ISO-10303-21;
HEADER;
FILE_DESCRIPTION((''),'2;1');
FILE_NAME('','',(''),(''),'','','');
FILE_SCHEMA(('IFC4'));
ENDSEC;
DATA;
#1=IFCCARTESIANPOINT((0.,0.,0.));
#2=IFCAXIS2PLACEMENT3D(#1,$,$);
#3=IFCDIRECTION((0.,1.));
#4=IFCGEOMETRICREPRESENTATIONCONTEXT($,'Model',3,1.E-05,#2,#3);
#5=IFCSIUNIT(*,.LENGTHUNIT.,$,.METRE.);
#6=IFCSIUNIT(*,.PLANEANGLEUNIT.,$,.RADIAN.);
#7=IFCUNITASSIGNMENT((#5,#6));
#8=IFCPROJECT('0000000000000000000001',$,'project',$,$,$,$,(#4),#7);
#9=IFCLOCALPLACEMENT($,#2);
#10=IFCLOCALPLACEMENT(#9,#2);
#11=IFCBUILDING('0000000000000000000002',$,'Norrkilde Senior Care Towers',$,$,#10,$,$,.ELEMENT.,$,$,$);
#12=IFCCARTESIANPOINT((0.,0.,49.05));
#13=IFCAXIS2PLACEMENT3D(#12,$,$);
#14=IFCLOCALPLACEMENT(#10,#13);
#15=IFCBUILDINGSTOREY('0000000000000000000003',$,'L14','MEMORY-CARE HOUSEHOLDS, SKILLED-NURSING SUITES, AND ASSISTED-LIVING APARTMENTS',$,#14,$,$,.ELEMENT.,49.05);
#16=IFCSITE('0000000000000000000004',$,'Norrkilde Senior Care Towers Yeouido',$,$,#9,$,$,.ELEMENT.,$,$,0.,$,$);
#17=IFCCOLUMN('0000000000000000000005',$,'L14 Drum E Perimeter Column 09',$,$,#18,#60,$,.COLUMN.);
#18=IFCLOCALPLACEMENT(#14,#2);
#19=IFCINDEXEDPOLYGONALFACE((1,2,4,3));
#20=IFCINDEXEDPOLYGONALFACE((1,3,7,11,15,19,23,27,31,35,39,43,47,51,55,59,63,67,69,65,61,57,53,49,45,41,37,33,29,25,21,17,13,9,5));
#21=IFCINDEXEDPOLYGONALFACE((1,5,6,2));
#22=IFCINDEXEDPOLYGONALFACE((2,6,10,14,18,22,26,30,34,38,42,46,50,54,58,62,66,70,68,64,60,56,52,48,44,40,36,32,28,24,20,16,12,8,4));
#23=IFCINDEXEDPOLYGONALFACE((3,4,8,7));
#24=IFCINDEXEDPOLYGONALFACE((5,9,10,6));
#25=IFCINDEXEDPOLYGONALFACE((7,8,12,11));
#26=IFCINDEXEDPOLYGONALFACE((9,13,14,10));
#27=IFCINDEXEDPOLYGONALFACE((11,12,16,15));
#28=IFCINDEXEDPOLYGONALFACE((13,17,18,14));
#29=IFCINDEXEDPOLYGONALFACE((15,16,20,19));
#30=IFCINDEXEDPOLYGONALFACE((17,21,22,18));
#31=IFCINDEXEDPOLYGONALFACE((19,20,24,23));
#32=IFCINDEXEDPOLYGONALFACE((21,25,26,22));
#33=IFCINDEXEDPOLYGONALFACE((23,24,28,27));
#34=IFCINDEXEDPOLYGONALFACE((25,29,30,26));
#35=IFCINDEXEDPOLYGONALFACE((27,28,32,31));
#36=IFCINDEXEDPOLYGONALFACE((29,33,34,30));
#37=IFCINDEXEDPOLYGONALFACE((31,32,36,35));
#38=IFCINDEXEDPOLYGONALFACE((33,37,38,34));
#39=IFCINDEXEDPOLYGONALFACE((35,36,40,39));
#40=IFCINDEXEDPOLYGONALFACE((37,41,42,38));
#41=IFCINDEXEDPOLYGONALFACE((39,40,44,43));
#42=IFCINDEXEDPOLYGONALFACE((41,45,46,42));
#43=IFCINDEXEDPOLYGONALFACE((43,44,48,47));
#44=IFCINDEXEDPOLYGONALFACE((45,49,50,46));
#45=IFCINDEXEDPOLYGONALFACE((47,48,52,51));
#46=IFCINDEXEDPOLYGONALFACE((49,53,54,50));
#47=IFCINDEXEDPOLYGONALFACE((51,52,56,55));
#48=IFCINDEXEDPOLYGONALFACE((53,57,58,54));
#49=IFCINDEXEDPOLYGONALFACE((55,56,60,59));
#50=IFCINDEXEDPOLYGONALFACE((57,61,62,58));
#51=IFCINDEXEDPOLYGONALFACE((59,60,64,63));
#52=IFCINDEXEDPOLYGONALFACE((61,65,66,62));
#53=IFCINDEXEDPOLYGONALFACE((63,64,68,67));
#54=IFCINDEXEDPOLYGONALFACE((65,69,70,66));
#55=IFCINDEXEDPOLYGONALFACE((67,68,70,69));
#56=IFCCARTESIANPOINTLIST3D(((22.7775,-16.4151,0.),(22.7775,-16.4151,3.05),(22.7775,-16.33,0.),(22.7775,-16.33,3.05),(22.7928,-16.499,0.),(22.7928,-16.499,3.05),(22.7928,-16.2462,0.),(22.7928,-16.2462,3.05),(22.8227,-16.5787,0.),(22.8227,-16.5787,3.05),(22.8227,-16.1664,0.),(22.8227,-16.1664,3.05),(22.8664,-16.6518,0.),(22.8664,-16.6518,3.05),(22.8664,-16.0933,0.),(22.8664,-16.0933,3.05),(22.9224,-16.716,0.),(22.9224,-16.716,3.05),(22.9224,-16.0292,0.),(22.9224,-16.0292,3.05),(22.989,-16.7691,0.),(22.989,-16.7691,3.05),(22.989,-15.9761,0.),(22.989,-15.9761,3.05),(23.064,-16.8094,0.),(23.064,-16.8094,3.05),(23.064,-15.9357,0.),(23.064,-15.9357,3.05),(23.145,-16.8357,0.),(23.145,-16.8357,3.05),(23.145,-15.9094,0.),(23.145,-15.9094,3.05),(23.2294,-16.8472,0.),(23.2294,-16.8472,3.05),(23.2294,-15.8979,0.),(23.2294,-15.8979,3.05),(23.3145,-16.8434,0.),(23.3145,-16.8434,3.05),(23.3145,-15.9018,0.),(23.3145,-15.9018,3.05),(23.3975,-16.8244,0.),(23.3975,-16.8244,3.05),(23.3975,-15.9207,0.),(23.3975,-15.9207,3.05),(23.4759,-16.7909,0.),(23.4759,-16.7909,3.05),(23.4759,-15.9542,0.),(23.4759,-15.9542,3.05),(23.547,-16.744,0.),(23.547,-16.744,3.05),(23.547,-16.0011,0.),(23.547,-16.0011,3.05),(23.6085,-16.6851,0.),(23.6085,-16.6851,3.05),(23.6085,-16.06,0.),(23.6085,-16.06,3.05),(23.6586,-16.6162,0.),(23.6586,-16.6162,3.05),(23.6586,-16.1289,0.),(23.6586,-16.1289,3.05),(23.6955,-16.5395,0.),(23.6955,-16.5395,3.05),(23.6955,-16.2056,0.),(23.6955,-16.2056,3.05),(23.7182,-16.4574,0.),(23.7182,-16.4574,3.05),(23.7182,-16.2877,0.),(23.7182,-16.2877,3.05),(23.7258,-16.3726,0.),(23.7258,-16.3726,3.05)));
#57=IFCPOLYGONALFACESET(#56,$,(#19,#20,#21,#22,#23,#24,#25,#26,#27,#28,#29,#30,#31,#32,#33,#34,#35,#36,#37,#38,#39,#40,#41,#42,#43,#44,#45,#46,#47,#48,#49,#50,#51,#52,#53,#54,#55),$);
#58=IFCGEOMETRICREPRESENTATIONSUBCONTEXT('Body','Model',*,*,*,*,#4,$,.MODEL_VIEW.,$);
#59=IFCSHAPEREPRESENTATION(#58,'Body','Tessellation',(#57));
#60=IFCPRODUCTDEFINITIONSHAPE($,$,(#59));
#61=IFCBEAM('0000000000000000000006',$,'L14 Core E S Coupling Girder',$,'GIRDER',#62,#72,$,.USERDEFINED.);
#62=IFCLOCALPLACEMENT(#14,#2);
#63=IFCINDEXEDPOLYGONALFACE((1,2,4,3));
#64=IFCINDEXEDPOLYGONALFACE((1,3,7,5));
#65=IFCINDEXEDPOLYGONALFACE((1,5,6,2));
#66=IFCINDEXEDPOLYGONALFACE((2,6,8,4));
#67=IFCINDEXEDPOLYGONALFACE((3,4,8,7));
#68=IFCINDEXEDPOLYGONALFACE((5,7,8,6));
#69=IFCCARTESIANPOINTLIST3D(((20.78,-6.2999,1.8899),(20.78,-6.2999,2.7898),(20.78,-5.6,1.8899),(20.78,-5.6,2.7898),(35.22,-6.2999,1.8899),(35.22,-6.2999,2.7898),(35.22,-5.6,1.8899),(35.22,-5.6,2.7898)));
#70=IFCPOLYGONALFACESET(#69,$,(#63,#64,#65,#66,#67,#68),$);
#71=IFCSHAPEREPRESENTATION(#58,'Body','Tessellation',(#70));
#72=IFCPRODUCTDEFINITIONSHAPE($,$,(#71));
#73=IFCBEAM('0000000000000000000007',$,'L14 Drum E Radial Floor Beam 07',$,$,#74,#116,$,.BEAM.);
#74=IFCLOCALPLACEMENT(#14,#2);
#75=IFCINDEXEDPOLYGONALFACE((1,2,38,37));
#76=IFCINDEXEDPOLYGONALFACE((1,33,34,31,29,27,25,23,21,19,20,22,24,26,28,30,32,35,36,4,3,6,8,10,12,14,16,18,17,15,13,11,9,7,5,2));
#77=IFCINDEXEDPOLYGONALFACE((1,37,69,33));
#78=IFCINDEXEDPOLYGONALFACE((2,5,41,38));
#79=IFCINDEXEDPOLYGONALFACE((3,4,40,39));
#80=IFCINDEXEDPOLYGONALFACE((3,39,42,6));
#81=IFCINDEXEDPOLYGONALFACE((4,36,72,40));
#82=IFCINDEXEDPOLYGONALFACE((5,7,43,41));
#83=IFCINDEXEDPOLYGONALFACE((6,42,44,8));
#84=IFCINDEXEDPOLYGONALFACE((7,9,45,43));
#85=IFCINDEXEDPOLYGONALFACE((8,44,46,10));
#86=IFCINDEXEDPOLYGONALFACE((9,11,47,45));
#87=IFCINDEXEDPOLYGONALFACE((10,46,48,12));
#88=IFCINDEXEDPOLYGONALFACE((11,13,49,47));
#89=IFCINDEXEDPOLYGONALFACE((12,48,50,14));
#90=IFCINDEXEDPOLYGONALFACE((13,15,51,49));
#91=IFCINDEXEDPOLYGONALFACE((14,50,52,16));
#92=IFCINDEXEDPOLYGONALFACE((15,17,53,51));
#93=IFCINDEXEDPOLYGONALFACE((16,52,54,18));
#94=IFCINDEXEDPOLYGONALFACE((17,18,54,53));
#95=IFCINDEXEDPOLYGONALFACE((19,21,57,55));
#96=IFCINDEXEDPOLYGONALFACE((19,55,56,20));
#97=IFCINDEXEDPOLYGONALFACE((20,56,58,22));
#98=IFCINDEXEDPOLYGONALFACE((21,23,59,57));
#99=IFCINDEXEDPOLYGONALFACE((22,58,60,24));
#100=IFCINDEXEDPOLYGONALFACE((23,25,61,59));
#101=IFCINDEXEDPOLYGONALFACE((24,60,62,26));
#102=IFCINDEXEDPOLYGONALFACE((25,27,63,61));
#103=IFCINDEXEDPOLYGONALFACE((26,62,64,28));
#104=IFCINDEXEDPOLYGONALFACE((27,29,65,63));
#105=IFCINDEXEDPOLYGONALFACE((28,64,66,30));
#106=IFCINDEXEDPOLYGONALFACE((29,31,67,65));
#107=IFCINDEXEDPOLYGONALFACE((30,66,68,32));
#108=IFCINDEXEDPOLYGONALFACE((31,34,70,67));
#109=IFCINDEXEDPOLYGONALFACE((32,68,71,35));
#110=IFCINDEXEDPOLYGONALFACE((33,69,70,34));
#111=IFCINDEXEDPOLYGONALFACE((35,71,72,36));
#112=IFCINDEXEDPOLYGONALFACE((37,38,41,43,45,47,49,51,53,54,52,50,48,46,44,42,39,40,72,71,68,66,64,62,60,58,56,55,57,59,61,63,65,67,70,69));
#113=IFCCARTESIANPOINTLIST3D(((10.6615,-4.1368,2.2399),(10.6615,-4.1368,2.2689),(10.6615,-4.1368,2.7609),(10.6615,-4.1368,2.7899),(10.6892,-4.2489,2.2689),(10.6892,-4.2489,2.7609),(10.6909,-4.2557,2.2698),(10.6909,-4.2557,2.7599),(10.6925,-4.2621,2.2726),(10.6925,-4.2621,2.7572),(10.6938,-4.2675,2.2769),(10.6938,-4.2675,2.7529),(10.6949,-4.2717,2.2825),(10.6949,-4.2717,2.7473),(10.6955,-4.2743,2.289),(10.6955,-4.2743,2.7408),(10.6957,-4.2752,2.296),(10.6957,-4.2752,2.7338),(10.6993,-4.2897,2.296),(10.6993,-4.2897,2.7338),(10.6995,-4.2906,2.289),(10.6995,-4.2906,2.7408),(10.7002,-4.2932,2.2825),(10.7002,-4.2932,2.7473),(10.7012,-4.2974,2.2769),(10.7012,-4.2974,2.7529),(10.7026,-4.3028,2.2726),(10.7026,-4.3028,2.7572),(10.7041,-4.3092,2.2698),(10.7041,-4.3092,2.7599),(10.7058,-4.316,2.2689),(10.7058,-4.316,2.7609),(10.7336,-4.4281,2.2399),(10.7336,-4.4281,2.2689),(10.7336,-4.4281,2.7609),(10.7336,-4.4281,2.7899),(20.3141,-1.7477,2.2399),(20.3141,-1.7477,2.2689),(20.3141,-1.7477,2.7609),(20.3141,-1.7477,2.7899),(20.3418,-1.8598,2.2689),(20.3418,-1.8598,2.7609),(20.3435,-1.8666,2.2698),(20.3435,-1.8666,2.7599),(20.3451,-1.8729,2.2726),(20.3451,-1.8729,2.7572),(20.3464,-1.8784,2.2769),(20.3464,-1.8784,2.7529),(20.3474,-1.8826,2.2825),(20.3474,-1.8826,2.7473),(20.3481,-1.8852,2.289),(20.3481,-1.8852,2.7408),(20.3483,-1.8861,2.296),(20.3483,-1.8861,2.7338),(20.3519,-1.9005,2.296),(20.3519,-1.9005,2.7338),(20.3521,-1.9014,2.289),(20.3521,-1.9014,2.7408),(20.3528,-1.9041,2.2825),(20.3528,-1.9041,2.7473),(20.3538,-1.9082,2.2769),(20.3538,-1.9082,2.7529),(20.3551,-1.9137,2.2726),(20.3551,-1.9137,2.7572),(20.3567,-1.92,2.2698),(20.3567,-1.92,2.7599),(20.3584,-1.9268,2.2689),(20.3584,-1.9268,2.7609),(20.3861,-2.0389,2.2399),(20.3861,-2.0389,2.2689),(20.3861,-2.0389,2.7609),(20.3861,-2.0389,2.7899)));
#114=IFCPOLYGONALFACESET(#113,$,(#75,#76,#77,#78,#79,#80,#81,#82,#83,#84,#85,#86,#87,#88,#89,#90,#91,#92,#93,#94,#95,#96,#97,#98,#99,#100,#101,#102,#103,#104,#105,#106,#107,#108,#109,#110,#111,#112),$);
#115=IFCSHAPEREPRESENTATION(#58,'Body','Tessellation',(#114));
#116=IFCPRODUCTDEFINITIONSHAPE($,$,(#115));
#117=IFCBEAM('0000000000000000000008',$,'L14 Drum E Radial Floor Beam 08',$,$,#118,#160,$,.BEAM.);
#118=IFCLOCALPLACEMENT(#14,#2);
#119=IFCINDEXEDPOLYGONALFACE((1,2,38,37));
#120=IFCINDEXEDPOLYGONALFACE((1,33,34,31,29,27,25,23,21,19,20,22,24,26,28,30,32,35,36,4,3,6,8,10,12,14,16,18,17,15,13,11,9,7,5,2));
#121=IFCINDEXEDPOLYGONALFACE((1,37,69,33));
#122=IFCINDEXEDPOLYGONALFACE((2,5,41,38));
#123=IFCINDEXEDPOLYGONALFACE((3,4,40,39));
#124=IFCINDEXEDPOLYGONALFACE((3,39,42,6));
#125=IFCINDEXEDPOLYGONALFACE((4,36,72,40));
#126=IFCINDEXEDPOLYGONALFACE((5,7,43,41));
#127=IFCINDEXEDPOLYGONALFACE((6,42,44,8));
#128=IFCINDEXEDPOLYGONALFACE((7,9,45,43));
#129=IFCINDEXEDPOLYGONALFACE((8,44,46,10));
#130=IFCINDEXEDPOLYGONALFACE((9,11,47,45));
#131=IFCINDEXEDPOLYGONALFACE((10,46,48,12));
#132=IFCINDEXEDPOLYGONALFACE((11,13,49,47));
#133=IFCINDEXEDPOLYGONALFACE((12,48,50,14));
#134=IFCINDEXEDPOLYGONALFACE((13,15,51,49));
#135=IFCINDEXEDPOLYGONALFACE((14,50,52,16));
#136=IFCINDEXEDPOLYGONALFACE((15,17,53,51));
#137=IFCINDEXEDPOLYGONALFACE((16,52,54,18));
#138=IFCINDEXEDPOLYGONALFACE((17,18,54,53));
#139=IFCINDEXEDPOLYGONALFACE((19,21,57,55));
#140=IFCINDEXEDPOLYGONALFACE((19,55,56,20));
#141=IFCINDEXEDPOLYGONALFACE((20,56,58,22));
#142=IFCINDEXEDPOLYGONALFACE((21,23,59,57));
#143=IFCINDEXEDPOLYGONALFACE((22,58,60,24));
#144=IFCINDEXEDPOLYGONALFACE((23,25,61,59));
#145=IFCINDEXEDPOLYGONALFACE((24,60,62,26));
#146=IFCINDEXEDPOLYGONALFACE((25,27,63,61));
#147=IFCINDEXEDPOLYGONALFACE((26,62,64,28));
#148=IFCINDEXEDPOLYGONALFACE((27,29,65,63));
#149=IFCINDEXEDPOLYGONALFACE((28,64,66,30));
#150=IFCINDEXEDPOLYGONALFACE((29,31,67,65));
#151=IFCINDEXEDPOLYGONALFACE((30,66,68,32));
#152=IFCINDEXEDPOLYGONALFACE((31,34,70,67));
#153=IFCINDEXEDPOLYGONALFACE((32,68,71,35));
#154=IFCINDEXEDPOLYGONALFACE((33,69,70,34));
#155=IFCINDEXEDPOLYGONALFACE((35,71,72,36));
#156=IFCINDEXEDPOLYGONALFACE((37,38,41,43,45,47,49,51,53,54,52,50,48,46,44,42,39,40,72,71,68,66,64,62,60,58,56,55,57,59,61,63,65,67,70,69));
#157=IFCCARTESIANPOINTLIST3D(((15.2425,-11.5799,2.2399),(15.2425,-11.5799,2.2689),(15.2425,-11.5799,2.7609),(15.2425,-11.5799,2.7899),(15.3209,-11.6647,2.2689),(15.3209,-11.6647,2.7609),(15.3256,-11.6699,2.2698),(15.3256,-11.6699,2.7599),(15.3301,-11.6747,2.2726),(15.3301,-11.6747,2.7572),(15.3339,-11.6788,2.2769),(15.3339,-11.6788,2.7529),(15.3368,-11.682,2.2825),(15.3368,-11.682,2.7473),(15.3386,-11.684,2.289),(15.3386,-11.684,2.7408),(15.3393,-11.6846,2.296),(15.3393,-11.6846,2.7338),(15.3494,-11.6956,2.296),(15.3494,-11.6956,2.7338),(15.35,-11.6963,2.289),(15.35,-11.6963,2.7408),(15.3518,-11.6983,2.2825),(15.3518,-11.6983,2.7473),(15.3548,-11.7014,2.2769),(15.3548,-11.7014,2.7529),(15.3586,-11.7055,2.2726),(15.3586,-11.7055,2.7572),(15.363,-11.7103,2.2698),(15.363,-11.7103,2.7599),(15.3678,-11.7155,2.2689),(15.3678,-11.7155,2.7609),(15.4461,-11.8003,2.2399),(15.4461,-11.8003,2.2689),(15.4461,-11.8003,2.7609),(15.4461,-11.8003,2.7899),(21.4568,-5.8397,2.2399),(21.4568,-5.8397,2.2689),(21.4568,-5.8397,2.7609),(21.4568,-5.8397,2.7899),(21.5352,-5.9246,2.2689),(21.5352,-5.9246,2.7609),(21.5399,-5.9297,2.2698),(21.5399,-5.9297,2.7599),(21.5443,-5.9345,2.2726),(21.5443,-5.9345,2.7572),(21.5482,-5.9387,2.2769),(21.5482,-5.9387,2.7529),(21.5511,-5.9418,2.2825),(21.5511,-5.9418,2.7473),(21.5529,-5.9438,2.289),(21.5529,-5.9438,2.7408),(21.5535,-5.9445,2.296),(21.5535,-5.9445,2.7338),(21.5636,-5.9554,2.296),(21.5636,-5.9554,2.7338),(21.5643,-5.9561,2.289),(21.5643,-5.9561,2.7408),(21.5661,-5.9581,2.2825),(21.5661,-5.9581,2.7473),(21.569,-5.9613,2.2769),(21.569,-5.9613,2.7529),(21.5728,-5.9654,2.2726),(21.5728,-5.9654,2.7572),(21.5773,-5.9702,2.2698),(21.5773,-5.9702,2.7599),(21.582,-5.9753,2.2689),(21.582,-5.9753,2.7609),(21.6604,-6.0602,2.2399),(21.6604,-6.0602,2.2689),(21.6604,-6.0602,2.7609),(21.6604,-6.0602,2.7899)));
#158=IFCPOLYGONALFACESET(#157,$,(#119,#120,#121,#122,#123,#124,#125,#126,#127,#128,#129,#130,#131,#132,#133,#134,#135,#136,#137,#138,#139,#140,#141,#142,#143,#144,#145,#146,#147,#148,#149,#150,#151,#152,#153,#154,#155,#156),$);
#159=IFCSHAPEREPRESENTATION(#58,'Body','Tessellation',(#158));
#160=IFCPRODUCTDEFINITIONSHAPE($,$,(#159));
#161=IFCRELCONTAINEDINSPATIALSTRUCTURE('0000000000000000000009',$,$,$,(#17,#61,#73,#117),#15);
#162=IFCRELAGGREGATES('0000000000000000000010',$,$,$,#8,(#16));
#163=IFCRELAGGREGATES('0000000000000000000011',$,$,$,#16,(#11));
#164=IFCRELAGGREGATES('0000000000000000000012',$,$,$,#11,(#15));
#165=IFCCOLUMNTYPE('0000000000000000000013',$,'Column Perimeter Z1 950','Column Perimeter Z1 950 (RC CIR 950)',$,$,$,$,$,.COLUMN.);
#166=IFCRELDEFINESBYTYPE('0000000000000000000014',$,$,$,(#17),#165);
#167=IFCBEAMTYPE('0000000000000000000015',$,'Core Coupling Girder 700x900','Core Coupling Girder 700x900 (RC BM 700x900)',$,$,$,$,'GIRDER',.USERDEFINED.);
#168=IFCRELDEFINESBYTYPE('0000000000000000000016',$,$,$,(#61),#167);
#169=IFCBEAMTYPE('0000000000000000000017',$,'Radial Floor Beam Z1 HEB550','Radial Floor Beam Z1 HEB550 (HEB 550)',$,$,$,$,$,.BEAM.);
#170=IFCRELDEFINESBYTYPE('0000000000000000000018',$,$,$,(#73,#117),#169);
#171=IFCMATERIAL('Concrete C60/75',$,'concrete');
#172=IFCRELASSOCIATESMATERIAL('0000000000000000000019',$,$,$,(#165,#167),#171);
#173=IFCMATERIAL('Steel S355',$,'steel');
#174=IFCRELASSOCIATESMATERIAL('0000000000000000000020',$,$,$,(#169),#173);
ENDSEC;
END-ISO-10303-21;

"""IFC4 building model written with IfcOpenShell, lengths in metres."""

from ifc_helpers import new_model, si_unit, direction, frame, origin, origin_2d, place, context, subcontext, project, spatial, rectangle, circle, i_section, extrude, source, transform, mapped, material, material_profile, profile_set, type_object, type_shapes, element, save


model = new_model("IFC4")

# Units and contexts
model_context = context("Model", 3, precision=1e-05, world=origin(), true_north=direction((0.0, 1.0)))
body_context = subcontext(model_context, "Body", "Model", "MODEL_VIEW")
ifc_project = project(units=[si_unit("LENGTHUNIT", "METRE"), si_unit("PLANEANGLEUNIT", "RADIAN")], contexts=[model_context])

# Site, building, storey
site_placement = place(None, origin())
site = spatial("IfcSite", under=ifc_project, at=site_placement, Name="Norrkilde Senior Care Towers Yeouido", CompositionType="ELEMENT", RefElevation=0.0)
building_placement = place(site_placement, origin())
building = spatial("IfcBuilding", under=site, at=building_placement, Name="Norrkilde Senior Care Towers", CompositionType="ELEMENT")
storey_placement = place(building_placement, frame((0.0, 0.0, 49.05)))
storey = spatial("IfcBuildingStorey", under=building, at=storey_placement, Name="L14", Description="MEMORY-CARE HOUSEHOLDS, SKILLED-NURSING SUITES, AND ASSISTED-LIVING APARTMENTS", CompositionType="ELEMENT", Elevation=49.05)

# Column
ifc_material_1 = material(Name="Concrete C60/75", Category="concrete")
ifc_material_profile_1 = material_profile(ifc_material_1, circle(Radius=0.4751, at=origin_2d()), Name="RC CIR 950")
ifc_profile_set_1 = profile_set([ifc_material_profile_1], Name="Concrete C60/75")
column_type = type_object("IfcColumnType", Name="Column Perimeter Z1 950", Description="Column Perimeter Z1 950 (RC CIR 950)", PredefinedType="COLUMN", material=ifc_profile_set_1)
shared_shape_1 = source(origin(), body_context, "Body", "SweptSolid", [
    extrude(circle(Radius=0.4751, at=origin_2d()), origin(), (0.0, 0.0, 1.0), 3.05),
])
type_shapes(column_type, [shared_shape_1])
column_placement = place(storey_placement, frame((23.2507, -16.3726, 0.0), z_axis=(0.0, 0.0, 1.0), x_axis=(1.0, 0.0, 0.0)))
element("IfcColumn", 1, at=column_placement, inside=storey, type_object=column_type, Name="L14 Drum E Perimeter Column 09", PredefinedType="COLUMN", context=body_context, shape_type="MappedRepresentation", body=[
    mapped(shared_shape_1, transform((0.0, 0.0, 0.0), x_axis=(1.0, 0.0, 0.0), y_axis=(0.0, 1.0, 0.0), z_axis=(0.0, 0.0, 1.0), scale=1.0)),
])

# Beams
ifc_material_profile_2 = material_profile(ifc_material_1, rectangle(XDim=0.7, YDim=0.8999, at=origin_2d()), Name="RC BM 700x900")
ifc_profile_set_2 = profile_set([ifc_material_profile_2], Name="Concrete C60/75")
beam_type_1 = type_object("IfcBeamType", Name="Core Coupling Girder 700x900", Description="Core Coupling Girder 700x900 (RC BM 700x900)", ElementType="GIRDER", PredefinedType="USERDEFINED", material=ifc_profile_set_2)
shared_shape_2 = source(origin(), body_context, "Body", "SweptSolid", [
    extrude(rectangle(XDim=0.7, YDim=0.8999, at=origin_2d()), origin(), (0.0, 0.0, 1.0), 14.4399),
])
type_shapes(beam_type_1, [shared_shape_2])
beam_1_placement = place(storey_placement, frame((20.78, -5.95, 2.3398), z_axis=(1.0, 0.0, 0.0), x_axis=(0.0, 1.0, 0.0)))
element("IfcBeam", 2, at=beam_1_placement, inside=storey, type_object=beam_type_1, Name="L14 Core E S Coupling Girder", ObjectType="GIRDER", PredefinedType="USERDEFINED", context=body_context, shape_type="MappedRepresentation", body=[
    mapped(shared_shape_2, transform((0.0, 0.0, 0.0), x_axis=(1.0, 0.0, 0.0), y_axis=(0.0, 1.0, 0.0), z_axis=(0.0, 0.0, 1.0), scale=1.0)),
])
ifc_material_2 = material(Name="Steel S355", Category="steel")
ifc_material_profile_3 = material_profile(ifc_material_2, i_section(OverallWidth=0.3, OverallDepth=0.55, WebThickness=0.0149, FlangeThickness=0.0291, FilletRadius=0.0271, at=origin_2d()), Name="HEB 550")
ifc_profile_set_3 = profile_set([ifc_material_profile_3], Name="Steel S355")
beam_type_2 = type_object("IfcBeamType", Name="Radial Floor Beam Z1 HEB550", Description="Radial Floor Beam Z1 HEB550 (HEB 550)", PredefinedType="BEAM", material=ifc_profile_set_3)
shared_shape_3 = source(origin(), body_context, "Body", "SweptSolid", [
    extrude(i_section(OverallWidth=0.3, OverallDepth=0.55, WebThickness=0.0149, FlangeThickness=0.0291, FilletRadius=0.0271, at=origin_2d()), origin(), (0.0, 0.0, 1.0), 9.9438),
])
beam_2_placement = place(storey_placement, frame((20.3501, -1.8933, 2.5149), z_axis=(-0.970707, -0.240265, 0.0), x_axis=(0.240265, -0.970707, 0.0)))
element("IfcBeam", 3, at=beam_2_placement, inside=storey, type_object=beam_type_2, Name="L14 Drum E Radial Floor Beam 07", PredefinedType="BEAM", context=body_context, shape_type="MappedRepresentation", body=[
    mapped(shared_shape_3, transform((0.0, 0.0, 0.0), x_axis=(1.0, 0.0, 0.0), y_axis=(0.0, 1.0, 0.0), z_axis=(0.0, 0.0, 1.0), scale=1.0)),
])
shared_shape_4 = source(origin(), body_context, "Body", "SweptSolid", [
    extrude(i_section(OverallWidth=0.3, OverallDepth=0.55, WebThickness=0.0149, FlangeThickness=0.0291, FilletRadius=0.0271, at=origin_2d()), origin(), (0.0, 0.0, 1.0), 8.4597),
])
beam_3_placement = place(storey_placement, frame((21.5586, -5.95, 2.5149), z_axis=(-0.734573, -0.678529, 0.0), x_axis=(0.678529, -0.734573, 0.0)))
element("IfcBeam", 4, at=beam_3_placement, inside=storey, type_object=beam_type_2, Name="L14 Drum E Radial Floor Beam 08", PredefinedType="BEAM", context=body_context, shape_type="MappedRepresentation", body=[
    mapped(shared_shape_4, transform((0.0, 0.0, 0.0), x_axis=(1.0, 0.0, 0.0), y_axis=(0.0, 1.0, 0.0), z_axis=(0.0, 0.0, 1.0), scale=1.0)),
])

save(model, "model.ifc")
